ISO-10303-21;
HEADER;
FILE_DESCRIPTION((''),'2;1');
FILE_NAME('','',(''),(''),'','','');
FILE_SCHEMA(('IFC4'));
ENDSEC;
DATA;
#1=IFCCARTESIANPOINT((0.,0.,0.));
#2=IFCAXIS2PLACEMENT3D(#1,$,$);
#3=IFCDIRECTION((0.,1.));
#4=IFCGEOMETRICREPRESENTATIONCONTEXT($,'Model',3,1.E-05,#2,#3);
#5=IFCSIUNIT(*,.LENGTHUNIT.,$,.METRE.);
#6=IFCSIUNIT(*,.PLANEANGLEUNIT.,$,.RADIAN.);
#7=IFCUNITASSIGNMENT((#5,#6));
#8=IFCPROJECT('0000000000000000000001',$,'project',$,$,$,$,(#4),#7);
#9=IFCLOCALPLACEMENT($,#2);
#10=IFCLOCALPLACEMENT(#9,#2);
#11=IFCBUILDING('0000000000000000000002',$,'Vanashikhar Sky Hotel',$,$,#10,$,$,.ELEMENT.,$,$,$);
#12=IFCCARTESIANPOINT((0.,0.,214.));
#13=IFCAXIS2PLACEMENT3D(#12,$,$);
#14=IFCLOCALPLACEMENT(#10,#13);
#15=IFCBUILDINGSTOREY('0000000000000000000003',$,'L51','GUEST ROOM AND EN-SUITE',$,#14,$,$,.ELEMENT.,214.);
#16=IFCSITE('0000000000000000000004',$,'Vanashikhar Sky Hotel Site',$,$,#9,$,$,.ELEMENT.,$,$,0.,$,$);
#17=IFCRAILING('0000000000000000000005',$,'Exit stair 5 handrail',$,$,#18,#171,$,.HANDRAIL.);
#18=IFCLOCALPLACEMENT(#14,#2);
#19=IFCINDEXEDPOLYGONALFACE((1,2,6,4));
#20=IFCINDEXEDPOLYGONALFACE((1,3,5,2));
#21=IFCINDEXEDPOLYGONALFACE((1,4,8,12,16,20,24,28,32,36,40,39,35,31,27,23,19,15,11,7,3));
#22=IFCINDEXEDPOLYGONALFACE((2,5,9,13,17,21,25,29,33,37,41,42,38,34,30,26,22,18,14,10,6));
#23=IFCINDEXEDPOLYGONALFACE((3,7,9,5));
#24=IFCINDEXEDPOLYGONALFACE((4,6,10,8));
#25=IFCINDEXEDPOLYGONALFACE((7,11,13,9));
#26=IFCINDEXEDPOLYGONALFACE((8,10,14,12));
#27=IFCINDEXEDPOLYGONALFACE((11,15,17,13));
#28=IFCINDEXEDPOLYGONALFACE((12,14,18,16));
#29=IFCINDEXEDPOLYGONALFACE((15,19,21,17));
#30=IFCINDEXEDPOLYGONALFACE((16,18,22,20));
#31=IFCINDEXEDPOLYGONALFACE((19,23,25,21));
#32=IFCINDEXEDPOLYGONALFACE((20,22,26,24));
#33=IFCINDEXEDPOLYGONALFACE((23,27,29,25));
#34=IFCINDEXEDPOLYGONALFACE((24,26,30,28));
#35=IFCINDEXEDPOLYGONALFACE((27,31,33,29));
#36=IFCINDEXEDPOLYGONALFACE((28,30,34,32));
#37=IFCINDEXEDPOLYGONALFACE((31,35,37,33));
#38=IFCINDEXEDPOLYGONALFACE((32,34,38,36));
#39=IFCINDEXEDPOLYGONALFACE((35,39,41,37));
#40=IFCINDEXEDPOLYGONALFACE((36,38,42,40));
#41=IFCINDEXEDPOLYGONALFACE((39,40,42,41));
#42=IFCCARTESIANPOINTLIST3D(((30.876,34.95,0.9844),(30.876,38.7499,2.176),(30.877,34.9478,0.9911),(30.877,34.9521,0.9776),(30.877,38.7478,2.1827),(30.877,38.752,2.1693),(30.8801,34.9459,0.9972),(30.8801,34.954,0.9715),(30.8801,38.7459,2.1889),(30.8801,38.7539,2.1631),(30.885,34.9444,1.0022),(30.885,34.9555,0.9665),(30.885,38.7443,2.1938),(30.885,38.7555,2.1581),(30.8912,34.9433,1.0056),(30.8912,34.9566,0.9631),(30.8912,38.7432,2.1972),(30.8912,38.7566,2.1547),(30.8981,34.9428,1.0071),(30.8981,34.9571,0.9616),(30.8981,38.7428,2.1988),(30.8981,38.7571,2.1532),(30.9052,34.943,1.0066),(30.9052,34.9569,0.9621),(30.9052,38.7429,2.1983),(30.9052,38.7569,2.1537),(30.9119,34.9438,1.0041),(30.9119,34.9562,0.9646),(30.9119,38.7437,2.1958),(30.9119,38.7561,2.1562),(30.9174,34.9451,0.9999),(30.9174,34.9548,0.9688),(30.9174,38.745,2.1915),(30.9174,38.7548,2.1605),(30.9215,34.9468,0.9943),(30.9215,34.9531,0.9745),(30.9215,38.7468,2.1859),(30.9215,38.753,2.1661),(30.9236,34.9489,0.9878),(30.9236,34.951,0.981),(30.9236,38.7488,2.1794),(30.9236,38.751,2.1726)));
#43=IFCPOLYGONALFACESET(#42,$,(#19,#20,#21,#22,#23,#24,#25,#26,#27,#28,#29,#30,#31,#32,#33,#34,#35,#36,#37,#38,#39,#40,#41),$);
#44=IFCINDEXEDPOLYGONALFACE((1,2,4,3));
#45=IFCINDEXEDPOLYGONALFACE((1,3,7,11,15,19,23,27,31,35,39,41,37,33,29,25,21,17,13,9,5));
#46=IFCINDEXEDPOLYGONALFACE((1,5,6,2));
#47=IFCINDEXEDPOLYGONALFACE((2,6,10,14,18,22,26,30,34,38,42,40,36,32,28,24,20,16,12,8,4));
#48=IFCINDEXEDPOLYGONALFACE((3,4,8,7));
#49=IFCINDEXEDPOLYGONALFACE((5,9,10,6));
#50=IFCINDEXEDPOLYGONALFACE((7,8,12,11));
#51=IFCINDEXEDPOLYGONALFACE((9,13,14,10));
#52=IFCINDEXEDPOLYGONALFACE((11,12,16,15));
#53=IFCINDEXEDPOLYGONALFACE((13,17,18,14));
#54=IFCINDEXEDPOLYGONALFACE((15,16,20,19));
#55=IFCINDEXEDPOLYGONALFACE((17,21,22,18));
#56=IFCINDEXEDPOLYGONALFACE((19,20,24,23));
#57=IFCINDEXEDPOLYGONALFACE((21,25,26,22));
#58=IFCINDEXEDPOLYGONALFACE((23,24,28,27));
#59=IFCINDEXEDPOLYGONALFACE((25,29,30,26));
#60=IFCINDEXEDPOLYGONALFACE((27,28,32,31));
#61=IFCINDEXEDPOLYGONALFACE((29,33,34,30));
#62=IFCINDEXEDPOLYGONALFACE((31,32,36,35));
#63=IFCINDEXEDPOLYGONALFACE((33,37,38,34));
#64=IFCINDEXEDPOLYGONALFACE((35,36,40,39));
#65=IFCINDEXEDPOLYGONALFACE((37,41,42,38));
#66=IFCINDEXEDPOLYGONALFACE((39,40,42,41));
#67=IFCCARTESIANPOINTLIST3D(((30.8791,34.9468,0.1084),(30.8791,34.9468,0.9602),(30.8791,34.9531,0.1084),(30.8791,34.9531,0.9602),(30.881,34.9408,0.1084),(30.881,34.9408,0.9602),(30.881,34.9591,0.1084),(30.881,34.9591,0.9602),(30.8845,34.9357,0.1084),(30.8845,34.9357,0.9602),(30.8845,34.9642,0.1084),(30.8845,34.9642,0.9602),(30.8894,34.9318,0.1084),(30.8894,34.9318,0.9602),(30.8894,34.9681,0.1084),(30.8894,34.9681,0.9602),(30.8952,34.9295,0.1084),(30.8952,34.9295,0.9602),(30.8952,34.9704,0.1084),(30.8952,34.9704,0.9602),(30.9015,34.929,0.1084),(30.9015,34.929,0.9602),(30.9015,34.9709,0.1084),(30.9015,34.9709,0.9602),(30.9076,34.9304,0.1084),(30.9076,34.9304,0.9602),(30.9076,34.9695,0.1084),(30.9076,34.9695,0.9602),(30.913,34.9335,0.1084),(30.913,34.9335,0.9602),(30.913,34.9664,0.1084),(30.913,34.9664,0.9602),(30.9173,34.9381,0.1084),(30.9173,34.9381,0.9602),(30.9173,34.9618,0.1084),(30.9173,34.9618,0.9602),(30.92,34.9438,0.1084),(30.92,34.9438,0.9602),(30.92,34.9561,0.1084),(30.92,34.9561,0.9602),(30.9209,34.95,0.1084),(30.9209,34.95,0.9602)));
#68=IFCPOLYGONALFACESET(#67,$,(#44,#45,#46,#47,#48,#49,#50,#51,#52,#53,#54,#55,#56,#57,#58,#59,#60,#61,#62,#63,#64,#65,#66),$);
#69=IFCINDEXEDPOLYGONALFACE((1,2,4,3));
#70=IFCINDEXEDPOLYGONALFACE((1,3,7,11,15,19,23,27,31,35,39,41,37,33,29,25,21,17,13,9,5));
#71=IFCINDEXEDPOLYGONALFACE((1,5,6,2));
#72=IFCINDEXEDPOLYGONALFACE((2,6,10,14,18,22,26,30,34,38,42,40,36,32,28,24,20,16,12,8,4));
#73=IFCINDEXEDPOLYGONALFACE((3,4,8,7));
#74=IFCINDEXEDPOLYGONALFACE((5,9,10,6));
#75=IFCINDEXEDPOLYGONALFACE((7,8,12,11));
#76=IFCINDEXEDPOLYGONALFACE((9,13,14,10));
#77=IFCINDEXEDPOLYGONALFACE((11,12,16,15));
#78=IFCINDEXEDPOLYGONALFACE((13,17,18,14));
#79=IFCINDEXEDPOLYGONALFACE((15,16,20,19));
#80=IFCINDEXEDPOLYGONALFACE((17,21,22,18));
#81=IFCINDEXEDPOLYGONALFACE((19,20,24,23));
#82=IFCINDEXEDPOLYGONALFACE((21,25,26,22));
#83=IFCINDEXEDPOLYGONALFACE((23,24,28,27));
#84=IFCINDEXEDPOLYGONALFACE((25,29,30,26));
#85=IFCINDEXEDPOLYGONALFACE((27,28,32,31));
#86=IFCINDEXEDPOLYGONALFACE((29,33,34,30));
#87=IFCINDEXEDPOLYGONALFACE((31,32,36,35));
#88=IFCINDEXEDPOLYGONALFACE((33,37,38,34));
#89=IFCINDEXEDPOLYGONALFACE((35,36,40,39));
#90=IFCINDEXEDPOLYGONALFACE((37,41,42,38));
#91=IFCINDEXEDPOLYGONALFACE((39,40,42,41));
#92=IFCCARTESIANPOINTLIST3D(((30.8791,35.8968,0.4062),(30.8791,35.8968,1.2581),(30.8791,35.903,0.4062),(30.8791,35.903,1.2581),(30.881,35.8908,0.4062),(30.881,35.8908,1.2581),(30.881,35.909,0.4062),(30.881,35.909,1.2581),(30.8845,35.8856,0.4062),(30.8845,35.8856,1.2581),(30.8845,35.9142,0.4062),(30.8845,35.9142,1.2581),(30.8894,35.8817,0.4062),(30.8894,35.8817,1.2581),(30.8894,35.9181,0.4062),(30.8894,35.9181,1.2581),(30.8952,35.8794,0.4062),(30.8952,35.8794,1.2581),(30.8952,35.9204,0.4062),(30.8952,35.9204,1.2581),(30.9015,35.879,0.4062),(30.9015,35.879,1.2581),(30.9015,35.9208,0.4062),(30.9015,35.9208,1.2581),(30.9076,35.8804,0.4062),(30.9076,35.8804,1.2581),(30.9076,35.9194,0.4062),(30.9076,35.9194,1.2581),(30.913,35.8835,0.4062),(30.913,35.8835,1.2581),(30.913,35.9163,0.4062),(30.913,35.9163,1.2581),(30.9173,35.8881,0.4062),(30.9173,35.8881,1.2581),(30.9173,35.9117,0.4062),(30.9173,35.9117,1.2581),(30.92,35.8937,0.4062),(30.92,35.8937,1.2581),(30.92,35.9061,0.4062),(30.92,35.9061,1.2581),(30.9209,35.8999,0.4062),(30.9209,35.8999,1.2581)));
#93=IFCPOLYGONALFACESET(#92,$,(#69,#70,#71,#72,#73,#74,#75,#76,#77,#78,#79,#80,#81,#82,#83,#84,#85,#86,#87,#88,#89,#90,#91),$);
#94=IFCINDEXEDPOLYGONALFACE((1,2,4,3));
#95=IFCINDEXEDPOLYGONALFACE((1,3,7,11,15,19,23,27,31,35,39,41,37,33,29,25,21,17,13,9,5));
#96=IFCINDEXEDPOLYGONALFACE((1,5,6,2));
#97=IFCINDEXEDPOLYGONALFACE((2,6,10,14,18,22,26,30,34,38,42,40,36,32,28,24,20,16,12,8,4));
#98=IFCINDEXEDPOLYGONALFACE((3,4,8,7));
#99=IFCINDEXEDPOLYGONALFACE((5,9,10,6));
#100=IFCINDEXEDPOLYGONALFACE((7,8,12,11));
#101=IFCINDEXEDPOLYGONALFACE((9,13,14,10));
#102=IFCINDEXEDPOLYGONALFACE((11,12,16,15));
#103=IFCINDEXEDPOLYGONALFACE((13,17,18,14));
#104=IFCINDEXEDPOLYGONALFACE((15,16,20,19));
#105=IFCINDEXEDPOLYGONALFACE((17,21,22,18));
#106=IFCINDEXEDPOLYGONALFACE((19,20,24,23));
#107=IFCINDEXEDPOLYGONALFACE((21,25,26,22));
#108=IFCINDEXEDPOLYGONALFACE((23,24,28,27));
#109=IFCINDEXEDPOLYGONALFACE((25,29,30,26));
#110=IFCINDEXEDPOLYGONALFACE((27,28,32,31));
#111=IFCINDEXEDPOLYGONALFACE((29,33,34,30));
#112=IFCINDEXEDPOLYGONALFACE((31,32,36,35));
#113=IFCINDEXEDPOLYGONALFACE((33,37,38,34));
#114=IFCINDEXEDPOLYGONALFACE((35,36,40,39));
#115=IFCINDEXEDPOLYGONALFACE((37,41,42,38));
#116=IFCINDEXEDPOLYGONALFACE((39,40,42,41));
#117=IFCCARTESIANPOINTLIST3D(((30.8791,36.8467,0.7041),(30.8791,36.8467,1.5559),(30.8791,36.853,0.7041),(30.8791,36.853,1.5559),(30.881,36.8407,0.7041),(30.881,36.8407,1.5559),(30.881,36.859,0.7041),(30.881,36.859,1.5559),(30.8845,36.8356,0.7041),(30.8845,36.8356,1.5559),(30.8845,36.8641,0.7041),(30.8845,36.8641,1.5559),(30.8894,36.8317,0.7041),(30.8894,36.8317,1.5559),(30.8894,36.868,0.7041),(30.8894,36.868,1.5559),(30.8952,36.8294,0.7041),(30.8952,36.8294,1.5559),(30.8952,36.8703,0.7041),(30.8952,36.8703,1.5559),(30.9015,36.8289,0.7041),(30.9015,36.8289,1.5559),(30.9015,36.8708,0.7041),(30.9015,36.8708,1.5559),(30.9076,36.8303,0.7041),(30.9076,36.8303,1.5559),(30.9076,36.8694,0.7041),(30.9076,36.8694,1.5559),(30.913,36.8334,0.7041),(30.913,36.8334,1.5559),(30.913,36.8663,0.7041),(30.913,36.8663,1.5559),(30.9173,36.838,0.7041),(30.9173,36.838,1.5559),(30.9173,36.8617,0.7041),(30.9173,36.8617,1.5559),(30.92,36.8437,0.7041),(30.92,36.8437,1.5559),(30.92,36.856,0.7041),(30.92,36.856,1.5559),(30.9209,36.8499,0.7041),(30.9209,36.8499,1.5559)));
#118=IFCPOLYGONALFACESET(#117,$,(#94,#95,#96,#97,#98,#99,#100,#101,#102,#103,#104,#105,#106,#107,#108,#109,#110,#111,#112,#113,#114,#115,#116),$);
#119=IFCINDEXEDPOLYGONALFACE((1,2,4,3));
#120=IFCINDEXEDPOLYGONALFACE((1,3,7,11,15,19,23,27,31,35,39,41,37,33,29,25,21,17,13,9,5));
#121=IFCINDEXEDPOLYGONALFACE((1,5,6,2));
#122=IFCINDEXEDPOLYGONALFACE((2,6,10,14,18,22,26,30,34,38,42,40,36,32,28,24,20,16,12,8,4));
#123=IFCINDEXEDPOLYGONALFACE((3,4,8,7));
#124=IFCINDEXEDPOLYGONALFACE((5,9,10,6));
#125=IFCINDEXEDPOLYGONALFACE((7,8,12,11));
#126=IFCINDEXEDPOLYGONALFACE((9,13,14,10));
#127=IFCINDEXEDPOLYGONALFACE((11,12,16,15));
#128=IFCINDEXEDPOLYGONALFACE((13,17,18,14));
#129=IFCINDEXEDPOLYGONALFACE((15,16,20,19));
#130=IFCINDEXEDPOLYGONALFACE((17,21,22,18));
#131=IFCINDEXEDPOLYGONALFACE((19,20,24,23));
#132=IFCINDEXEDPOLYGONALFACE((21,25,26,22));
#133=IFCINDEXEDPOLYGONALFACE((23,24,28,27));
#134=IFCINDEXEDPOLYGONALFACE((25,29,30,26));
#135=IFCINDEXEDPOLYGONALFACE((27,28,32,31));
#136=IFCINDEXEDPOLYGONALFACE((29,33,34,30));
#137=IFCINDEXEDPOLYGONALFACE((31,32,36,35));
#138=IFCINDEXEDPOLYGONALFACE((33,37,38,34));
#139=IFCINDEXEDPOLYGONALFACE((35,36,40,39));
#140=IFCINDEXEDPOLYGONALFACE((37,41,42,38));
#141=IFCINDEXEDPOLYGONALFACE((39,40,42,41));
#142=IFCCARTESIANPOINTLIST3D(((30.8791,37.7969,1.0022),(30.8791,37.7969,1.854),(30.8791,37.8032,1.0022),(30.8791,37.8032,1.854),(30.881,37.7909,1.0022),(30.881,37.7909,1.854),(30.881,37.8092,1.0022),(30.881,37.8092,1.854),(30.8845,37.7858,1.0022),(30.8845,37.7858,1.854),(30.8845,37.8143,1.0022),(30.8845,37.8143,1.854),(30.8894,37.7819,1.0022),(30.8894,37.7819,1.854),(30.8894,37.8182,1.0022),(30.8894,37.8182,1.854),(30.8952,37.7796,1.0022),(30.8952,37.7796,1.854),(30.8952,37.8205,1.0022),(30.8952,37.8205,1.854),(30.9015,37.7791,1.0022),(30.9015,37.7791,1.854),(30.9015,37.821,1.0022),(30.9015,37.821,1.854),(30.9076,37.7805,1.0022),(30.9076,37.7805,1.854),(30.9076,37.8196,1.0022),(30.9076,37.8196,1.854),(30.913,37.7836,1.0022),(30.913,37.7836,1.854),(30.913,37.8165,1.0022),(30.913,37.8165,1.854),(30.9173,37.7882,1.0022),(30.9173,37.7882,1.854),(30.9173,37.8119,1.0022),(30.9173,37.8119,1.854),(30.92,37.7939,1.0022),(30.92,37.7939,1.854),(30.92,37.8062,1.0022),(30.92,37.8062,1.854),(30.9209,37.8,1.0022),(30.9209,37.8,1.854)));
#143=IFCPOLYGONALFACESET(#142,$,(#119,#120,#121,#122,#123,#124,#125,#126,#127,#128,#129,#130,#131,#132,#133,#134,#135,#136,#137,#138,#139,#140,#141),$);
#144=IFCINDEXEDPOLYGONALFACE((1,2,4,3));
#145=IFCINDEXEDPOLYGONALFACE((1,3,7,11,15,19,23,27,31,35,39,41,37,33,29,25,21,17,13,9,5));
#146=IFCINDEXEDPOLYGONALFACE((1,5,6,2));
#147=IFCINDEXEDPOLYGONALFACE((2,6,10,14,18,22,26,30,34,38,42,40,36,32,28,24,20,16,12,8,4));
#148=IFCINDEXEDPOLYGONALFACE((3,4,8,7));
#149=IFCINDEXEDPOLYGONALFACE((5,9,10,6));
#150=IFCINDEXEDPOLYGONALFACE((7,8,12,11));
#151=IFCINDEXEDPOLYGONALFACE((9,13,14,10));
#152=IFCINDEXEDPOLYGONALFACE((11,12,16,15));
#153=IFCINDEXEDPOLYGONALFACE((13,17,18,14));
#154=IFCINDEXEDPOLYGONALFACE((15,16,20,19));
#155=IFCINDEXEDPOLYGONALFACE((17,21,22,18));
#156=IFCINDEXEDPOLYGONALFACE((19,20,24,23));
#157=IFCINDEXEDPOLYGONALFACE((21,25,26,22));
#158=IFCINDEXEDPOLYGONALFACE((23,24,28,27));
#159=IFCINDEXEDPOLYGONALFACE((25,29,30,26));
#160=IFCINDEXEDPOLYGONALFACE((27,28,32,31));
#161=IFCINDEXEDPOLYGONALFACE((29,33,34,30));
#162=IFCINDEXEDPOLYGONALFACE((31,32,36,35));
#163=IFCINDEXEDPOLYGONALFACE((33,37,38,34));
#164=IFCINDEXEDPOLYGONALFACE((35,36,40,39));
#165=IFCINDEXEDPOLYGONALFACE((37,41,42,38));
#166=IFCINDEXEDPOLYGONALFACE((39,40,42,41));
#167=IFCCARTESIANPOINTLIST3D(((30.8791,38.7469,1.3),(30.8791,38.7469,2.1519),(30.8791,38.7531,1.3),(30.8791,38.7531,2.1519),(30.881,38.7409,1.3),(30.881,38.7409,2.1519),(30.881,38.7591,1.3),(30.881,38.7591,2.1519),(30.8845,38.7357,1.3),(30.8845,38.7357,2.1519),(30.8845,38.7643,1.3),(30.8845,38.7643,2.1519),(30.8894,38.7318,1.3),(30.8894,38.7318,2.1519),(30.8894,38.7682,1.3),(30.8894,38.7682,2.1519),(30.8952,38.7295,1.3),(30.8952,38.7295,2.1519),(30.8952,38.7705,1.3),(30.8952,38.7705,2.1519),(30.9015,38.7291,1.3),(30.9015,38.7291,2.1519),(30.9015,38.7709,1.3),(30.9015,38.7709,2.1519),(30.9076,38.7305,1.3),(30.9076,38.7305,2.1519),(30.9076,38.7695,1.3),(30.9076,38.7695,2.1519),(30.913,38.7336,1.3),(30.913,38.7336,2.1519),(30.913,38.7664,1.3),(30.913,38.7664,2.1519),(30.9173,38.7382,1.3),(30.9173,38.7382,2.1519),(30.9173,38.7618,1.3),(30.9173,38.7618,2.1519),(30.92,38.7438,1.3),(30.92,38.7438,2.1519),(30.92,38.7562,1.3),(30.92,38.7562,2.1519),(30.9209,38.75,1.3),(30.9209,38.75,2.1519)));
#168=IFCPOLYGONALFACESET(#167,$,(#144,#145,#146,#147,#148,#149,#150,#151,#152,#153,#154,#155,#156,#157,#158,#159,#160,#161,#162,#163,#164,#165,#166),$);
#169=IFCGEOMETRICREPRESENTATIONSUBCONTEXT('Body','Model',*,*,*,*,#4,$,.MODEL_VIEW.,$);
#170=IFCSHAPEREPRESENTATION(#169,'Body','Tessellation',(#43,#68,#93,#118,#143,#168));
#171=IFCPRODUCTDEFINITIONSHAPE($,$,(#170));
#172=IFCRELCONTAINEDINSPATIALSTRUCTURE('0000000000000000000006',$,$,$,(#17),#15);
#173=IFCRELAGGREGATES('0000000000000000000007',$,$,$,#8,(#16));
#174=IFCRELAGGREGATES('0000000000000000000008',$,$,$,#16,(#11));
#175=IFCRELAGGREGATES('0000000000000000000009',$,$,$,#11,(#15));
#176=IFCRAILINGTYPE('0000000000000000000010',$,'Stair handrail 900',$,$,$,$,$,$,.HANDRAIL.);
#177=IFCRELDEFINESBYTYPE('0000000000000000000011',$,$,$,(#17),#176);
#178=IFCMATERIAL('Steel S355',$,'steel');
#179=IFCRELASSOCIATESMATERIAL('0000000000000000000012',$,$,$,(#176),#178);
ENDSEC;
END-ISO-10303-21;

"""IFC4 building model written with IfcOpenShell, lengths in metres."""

from ifc_helpers import new_model, si_unit, direction, frame, origin, origin_2d, place, context, subcontext, project, spatial, circle, extrude, source, transform, mapped, material, type_object, element, save


model = new_model("IFC4")

# Units and contexts
model_context = context("Model", 3, precision=1e-05, world=origin(), true_north=direction((0.0, 1.0)))
body_context = subcontext(model_context, "Body", "Model", "MODEL_VIEW")
ifc_project = project(units=[si_unit("LENGTHUNIT", "METRE"), si_unit("PLANEANGLEUNIT", "RADIAN")], contexts=[model_context])

# Site, building, storey
site_placement = place(None, origin())
site = spatial("IfcSite", under=ifc_project, at=site_placement, Name="Vanashikhar Sky Hotel Site", CompositionType="ELEMENT", RefElevation=0.0)
building_placement = place(site_placement, origin())
building = spatial("IfcBuilding", under=site, at=building_placement, Name="Vanashikhar Sky Hotel", CompositionType="ELEMENT")
storey_placement = place(building_placement, frame((0.0, 0.0, 214.0)))
storey = spatial("IfcBuildingStorey", under=building, at=storey_placement, Name="L51", Description="GUEST ROOM AND EN-SUITE", CompositionType="ELEMENT", Elevation=214.0)

# Railing
ifc_material_1 = material(Name="Steel S355", Category="steel")
railing_type_1 = type_object("IfcRailingType", Name="Stair handrail 900", PredefinedType="HANDRAIL", material=ifc_material_1)
shared_shape_1 = source(origin(), body_context, "Body", "SweptSolid", [
    extrude(circle(Radius=0.0239, at=origin_2d()), frame((0.0, 0.0, 0.876), z_axis=(0.0, 0.954184, 0.299221), x_axis=(-1.0, 0.0, 0.0)), (0.0, 0.0, 1.0), 3.9824),
    extrude(circle(Radius=0.021, at=origin_2d()), origin(), (0.0, 0.0, 1.0), 0.8518),
    extrude(circle(Radius=0.021, at=origin_2d()), frame((0.0, 0.95, 0.2979)), (0.0, 0.0, 1.0), 0.8518),
    extrude(circle(Radius=0.021, at=origin_2d()), frame((0.0, 1.8999, 0.5957)), (0.0, 0.0, 1.0), 0.8518),
    extrude(circle(Radius=0.021, at=origin_2d()), frame((0.0, 2.8501, 0.8938)), (0.0, 0.0, 1.0), 0.8518),
    extrude(circle(Radius=0.021, at=origin_2d()), frame((0.0, 3.8, 1.1917)), (0.0, 0.0, 1.0), 0.8518),
])
for number, where, name in (
    (1, (30.8999, 34.95, 0.1084), "Exit stair 5 handrail"),
):
    element("IfcRailing", number, at=place(storey_placement, frame(where)), inside=storey, type_object=railing_type_1, Name=name, PredefinedType="HANDRAIL", context=body_context, shape_type="MappedRepresentation", body=[
        mapped(shared_shape_1, transform((0.0, 0.0, 0.0), scale=1.0)),
    ])

save(model, "model.ifc")
